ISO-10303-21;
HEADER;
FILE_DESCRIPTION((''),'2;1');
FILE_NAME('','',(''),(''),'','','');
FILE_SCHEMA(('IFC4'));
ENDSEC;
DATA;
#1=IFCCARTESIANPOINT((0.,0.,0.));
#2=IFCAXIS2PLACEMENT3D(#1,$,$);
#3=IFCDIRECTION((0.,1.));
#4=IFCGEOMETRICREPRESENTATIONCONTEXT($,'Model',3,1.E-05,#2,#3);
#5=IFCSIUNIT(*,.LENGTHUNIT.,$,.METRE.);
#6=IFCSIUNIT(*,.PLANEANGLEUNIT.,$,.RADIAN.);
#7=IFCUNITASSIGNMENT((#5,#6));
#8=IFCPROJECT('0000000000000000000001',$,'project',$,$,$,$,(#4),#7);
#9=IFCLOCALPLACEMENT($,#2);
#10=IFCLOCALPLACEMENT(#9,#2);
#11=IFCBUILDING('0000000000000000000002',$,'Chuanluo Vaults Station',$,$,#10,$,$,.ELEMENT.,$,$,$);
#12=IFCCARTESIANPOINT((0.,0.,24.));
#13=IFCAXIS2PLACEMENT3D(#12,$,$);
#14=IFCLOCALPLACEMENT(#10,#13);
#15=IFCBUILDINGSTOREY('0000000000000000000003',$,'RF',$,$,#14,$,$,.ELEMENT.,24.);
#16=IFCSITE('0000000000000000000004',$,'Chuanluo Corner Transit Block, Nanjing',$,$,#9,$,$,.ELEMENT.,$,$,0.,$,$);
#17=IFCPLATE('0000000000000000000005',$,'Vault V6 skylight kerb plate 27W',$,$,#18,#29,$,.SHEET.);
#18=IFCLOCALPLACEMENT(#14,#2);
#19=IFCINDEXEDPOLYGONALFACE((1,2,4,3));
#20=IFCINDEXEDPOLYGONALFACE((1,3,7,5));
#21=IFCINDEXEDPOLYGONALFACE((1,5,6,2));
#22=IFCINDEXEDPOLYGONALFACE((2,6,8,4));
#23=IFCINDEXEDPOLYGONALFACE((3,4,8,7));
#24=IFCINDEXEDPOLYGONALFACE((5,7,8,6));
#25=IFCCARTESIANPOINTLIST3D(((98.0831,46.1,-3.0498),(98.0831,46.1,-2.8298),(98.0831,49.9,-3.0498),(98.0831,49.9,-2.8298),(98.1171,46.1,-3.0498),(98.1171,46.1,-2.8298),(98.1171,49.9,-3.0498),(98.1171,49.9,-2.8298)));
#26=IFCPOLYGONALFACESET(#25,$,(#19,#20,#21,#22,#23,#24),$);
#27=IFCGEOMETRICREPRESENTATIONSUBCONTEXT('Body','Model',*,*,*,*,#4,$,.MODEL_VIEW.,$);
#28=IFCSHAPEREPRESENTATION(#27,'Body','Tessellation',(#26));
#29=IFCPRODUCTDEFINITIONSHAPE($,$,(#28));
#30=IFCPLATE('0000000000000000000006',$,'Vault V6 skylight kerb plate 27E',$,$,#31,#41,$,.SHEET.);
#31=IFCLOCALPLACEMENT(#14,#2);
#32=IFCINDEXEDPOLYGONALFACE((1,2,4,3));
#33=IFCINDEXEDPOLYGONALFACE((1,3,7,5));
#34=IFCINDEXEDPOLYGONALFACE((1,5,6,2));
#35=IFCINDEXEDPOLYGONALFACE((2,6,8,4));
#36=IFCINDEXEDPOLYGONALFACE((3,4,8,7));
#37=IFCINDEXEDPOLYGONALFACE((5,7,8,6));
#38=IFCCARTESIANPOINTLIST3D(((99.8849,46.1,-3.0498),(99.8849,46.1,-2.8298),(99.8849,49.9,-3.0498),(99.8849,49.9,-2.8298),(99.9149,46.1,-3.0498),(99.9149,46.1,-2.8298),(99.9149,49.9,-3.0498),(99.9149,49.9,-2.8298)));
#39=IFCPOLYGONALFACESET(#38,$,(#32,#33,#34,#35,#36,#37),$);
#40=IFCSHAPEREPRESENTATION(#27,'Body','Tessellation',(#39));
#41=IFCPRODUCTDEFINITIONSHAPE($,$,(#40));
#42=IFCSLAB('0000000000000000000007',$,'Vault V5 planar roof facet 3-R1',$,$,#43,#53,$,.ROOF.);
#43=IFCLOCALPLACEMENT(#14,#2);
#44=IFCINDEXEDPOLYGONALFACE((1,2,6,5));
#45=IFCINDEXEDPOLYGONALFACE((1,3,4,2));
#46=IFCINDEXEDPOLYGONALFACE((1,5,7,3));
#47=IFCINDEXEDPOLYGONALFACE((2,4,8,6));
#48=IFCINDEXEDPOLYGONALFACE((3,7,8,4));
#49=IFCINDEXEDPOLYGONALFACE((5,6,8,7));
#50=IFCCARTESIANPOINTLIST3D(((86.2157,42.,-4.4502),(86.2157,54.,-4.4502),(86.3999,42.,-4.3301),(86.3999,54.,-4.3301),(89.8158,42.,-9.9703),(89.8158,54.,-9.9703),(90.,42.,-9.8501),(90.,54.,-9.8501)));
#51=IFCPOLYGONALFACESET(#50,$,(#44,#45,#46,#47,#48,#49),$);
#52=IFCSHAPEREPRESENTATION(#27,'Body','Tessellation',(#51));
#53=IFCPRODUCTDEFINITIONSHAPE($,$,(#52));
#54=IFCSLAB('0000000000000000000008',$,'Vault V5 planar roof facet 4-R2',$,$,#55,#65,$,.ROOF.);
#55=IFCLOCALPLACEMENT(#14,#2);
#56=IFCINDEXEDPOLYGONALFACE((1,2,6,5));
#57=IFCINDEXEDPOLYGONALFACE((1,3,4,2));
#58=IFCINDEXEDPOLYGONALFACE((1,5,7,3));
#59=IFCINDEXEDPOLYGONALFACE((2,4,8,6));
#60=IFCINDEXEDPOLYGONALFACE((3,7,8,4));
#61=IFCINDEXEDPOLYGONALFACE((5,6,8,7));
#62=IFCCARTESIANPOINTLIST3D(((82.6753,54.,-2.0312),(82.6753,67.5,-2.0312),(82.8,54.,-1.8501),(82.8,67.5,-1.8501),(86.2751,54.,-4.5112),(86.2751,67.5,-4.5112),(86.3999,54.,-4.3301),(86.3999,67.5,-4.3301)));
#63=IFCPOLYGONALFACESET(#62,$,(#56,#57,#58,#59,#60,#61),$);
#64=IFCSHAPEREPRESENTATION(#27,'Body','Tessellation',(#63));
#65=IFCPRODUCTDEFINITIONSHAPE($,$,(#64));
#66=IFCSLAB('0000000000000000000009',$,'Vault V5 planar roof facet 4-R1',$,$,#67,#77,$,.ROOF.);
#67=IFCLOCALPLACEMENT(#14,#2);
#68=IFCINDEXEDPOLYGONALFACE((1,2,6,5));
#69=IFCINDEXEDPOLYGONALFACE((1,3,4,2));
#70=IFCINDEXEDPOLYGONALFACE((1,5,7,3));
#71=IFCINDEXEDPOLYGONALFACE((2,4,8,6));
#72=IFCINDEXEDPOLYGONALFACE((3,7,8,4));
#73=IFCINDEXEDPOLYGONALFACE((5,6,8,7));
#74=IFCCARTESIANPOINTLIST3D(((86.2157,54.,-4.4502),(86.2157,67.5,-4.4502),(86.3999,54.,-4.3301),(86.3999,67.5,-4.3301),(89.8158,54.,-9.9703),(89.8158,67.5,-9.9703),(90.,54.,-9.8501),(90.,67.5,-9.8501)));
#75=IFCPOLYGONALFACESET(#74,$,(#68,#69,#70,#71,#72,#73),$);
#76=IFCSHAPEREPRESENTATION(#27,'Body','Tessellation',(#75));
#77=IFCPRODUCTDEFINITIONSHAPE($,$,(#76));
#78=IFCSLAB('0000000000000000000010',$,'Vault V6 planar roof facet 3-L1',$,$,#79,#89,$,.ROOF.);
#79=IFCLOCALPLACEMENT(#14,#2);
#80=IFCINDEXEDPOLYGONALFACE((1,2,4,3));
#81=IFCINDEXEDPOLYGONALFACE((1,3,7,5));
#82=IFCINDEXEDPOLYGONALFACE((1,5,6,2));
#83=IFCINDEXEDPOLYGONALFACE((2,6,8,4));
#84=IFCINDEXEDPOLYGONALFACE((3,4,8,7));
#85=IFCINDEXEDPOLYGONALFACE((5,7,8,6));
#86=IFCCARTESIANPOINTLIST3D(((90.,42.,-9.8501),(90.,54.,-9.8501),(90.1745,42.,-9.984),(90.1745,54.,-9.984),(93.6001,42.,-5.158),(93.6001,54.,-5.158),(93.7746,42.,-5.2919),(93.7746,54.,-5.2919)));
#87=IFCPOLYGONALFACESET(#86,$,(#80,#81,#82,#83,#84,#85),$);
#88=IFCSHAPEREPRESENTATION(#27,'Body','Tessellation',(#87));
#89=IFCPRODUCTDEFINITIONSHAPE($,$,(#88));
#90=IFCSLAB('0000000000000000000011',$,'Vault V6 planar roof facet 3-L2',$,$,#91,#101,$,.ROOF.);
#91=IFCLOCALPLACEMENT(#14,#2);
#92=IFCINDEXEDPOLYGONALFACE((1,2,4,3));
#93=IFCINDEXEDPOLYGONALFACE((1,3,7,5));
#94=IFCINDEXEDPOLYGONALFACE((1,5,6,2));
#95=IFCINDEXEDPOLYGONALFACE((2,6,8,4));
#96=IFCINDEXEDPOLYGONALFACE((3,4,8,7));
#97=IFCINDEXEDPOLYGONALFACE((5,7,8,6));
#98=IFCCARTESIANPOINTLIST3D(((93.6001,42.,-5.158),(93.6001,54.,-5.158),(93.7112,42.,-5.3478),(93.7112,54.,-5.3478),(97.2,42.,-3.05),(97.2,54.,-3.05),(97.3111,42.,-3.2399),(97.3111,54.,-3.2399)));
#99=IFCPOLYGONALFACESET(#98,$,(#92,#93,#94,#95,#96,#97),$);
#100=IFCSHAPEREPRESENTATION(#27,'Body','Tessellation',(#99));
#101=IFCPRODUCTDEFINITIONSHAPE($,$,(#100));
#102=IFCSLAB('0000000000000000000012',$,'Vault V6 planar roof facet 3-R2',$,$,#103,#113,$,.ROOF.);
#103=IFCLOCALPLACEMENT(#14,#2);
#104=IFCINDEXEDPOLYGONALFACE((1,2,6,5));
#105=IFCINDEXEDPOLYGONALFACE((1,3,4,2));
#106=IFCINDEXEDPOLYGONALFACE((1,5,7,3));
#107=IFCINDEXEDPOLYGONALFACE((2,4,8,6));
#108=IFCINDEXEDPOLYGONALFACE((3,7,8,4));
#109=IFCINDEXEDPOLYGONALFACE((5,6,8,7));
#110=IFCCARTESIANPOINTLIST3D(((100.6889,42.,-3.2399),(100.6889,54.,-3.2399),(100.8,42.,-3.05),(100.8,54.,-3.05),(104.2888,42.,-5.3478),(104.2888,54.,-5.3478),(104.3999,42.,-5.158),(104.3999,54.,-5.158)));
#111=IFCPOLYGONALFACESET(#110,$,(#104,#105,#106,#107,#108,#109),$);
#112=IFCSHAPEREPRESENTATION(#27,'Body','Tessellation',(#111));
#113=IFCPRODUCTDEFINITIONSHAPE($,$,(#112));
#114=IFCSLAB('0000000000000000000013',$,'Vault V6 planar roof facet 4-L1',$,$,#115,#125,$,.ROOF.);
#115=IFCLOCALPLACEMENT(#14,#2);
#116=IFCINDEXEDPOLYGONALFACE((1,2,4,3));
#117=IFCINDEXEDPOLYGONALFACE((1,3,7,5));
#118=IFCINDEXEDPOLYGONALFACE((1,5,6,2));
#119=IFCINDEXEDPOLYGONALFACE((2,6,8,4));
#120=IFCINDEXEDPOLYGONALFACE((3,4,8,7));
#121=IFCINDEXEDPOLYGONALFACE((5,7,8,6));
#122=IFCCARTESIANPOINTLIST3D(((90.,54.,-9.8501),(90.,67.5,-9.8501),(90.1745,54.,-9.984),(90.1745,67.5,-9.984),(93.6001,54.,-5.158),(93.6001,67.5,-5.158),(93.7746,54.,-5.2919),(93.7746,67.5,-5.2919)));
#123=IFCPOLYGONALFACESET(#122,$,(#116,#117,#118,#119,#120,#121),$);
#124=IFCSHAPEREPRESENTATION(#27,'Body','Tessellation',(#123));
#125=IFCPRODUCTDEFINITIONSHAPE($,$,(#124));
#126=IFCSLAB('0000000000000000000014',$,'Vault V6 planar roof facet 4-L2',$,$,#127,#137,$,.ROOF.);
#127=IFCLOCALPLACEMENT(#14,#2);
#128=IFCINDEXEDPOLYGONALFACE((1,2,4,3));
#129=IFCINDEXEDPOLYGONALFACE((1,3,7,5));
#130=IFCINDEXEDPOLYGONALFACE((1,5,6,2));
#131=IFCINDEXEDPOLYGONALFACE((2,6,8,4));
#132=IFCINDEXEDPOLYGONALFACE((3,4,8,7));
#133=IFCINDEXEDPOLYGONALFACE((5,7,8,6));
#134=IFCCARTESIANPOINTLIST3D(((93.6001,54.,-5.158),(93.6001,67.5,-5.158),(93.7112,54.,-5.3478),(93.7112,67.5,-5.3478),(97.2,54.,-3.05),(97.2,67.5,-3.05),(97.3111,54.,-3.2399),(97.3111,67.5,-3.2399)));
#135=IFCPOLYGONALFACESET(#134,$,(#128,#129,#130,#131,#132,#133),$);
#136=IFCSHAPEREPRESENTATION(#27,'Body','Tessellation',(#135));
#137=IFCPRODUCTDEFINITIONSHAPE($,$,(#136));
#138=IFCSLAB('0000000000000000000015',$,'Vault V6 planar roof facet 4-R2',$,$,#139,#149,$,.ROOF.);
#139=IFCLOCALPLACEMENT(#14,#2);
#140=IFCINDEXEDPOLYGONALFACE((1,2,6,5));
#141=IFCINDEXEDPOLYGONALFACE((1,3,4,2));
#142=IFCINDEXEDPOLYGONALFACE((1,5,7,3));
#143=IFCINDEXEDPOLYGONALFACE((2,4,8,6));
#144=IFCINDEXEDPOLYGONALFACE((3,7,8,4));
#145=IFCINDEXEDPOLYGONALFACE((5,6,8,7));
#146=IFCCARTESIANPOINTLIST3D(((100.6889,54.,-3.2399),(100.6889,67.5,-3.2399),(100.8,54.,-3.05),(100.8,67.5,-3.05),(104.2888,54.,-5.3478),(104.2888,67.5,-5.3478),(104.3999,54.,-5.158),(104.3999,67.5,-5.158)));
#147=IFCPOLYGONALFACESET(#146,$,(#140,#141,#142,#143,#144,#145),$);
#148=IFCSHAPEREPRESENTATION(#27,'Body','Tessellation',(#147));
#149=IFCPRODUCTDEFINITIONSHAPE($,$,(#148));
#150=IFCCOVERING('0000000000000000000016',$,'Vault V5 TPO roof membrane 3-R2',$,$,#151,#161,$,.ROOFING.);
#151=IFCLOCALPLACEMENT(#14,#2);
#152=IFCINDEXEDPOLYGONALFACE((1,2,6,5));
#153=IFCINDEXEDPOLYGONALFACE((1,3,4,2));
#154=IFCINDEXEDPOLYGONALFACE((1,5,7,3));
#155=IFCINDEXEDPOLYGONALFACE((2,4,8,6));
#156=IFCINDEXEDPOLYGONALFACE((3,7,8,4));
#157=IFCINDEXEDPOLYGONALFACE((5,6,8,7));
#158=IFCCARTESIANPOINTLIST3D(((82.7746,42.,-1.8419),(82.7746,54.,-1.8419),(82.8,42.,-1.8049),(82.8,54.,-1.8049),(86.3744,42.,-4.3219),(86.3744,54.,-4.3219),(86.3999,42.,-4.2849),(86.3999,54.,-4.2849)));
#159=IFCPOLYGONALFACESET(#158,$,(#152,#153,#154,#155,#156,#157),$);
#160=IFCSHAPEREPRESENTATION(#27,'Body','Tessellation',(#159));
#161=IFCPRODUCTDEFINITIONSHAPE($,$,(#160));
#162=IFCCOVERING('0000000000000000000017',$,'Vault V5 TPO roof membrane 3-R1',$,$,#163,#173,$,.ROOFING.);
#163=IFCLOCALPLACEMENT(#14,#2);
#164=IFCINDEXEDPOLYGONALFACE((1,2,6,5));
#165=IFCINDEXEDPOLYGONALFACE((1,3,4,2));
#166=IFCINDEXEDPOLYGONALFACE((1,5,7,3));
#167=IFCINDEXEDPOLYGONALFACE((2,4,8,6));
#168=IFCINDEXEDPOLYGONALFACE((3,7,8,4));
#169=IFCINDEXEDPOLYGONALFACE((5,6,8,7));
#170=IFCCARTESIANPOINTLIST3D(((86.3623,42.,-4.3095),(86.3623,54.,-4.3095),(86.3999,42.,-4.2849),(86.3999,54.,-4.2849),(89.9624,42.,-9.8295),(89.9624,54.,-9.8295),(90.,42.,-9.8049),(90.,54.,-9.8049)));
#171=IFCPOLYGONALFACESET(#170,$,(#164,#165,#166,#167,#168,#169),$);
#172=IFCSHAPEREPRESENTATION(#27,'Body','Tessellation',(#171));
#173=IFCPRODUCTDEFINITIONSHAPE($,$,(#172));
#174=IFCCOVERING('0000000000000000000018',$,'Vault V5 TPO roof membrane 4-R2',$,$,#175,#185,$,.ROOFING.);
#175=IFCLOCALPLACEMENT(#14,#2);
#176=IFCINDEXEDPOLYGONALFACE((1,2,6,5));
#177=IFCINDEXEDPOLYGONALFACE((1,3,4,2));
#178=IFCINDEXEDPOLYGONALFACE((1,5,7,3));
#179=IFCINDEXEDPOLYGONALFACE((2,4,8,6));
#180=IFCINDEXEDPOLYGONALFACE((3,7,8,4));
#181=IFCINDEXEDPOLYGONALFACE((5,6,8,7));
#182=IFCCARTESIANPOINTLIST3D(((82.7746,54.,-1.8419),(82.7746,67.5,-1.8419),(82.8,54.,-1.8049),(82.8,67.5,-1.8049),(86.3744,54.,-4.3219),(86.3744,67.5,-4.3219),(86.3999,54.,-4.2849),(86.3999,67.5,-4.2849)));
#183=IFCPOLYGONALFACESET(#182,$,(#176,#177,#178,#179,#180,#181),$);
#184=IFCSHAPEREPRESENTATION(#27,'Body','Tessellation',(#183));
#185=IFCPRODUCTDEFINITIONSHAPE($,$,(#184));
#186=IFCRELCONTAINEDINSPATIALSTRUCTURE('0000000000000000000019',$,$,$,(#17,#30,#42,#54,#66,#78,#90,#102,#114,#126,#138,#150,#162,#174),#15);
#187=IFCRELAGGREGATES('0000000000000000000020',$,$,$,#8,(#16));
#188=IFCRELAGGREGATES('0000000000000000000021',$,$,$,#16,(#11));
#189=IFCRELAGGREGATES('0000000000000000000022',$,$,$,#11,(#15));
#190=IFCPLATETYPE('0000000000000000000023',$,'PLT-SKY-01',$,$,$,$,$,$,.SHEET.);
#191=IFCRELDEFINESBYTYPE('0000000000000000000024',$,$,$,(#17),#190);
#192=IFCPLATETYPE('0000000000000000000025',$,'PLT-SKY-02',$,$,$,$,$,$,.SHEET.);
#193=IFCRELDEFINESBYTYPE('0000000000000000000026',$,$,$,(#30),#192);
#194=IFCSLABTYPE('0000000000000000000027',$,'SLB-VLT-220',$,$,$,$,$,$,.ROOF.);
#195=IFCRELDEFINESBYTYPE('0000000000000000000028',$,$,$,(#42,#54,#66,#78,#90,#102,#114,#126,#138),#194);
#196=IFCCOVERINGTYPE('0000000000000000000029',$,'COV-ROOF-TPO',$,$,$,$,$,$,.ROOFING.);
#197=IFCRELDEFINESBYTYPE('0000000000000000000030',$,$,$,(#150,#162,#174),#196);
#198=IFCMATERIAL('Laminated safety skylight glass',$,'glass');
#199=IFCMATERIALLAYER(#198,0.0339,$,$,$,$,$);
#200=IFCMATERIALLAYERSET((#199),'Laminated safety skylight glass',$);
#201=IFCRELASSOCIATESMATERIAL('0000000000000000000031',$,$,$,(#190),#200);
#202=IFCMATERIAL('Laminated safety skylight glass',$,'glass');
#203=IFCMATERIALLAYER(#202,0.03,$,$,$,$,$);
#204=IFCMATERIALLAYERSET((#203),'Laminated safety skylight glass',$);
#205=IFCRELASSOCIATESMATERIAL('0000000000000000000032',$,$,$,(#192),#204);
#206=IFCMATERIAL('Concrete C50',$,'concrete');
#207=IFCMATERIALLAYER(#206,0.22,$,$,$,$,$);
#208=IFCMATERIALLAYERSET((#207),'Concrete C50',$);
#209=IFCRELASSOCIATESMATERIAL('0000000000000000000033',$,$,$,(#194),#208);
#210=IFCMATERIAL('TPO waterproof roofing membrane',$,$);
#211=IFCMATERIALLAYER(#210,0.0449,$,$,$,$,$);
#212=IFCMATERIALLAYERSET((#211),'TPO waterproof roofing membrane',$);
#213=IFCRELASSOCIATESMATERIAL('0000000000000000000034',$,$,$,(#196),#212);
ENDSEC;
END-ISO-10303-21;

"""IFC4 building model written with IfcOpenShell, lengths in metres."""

from ifc_helpers import new_model, si_unit, direction, frame, origin, origin_2d, place, context, subcontext, project, spatial, polyline, rectangle, outline, extrude, material, layer, layer_set, type_object, element, save


model = new_model("IFC4")

# Units and contexts
model_context = context("Model", 3, precision=1e-05, world=origin(), true_north=direction((0.0, 1.0)))
body_context = subcontext(model_context, "Body", "Model", "MODEL_VIEW")
ifc_project = project(units=[si_unit("LENGTHUNIT", "METRE"), si_unit("PLANEANGLEUNIT", "RADIAN")], contexts=[model_context])

# Site, building, storey
site_placement = place(None, origin())
site = spatial("IfcSite", under=ifc_project, at=site_placement, Name="Chuanluo Corner Transit Block, Nanjing", CompositionType="ELEMENT", RefElevation=0.0)
building_placement = place(site_placement, origin())
building = spatial("IfcBuilding", under=site, at=building_placement, Name="Chuanluo Vaults Station", CompositionType="ELEMENT")
storey_placement = place(building_placement, frame((0.0, 0.0, 24.0)))
storey = spatial("IfcBuildingStorey", under=building, at=storey_placement, Name="RF", CompositionType="ELEMENT", Elevation=24.0)

# Plates
ifc_material_1 = material(Name="Laminated safety skylight glass", Category="glass")
ifc_layer_1 = layer(ifc_material_1, 0.0339)
ifc_layer_set_1 = layer_set([ifc_layer_1], Name="Laminated safety skylight glass")
plate_type_1 = type_object("IfcPlateType", Name="PLT-SKY-01", PredefinedType="SHEET", material=ifc_layer_set_1)
plate_1_placement = place(storey_placement, frame((98.1001, 48.0, -3.0498), z_axis=(0.0, 0.0, 1.0), x_axis=(1.0, 0.0, 0.0)))
element("IfcPlate", 1, at=plate_1_placement, inside=storey, type_object=plate_type_1, Name="Vault V6 skylight kerb plate 27W", PredefinedType="SHEET", context=body_context, shape_type="SweptSolid", body=[
    extrude(rectangle(XDim=0.0339, YDim=3.8, at=origin_2d()), origin(), (0.0, 0.0, 1.0), 0.22),
])
ifc_material_2 = material(Name="Laminated safety skylight glass", Category="glass")
ifc_layer_2 = layer(ifc_material_2, 0.03)
ifc_layer_set_2 = layer_set([ifc_layer_2], Name="Laminated safety skylight glass")
plate_type_2 = type_object("IfcPlateType", Name="PLT-SKY-02", PredefinedType="SHEET", material=ifc_layer_set_2)
plate_2_placement = place(storey_placement, frame((99.8999, 48.0, -3.0498), z_axis=(0.0, 0.0, 1.0), x_axis=(1.0, 0.0, 0.0)))
element("IfcPlate", 2, at=plate_2_placement, inside=storey, type_object=plate_type_2, Name="Vault V6 skylight kerb plate 27E", PredefinedType="SHEET", context=body_context, shape_type="SweptSolid", body=[
    extrude(rectangle(XDim=0.03, YDim=3.8, at=origin_2d()), origin(), (0.0, 0.0, 1.0), 0.22),
])

# Slabs
ifc_material_3 = material(Name="Concrete C50", Category="concrete")
ifc_layer_3 = layer(ifc_material_3, 0.22)
ifc_layer_set_3 = layer_set([ifc_layer_3], Name="Concrete C50")
slab_type = type_object("IfcSlabType", Name="SLB-VLT-220", PredefinedType="ROOF", material=ifc_layer_set_3)
slab_1_placement = place(storey_placement, frame((86.3999, 42.0, -4.3301), z_axis=(0.837605, 0.0, 0.546277), x_axis=(0.546277, 0.0, -0.837605)))
element("IfcSlab", 3, at=slab_1_placement, inside=storey, type_object=slab_type, Name="Vault V5 planar roof facet 3-R1", PredefinedType="ROOF", context=body_context, shape_type="SweptSolid", body=[
    extrude(outline(polyline([(0.0, 0.0), (6.5902, 0.0), (6.5902, 12.0), (0.0, 12.0), (0.0, 0.0)])), origin(), (0.0, 0.0, -1.0), 0.22),
])
slab_2_placement = place(storey_placement, frame((82.8, 54.0, -1.8501), z_axis=(0.567318, 0.0, 0.823499), x_axis=(0.823499, 0.0, -0.567318)))
element("IfcSlab", 4, at=slab_2_placement, inside=storey, type_object=slab_type, Name="Vault V5 planar roof facet 4-R2", PredefinedType="ROOF", context=body_context, shape_type="SweptSolid", body=[
    extrude(outline(polyline([(0.0, 0.0), (4.3714, 0.0), (4.3714, 13.5), (0.0, 13.5), (0.0, 0.0)])), origin(), (0.0, 0.0, -1.0), 0.22),
])
slab_3_placement = place(storey_placement, frame((86.3999, 54.0, -4.3301), z_axis=(0.837605, 0.0, 0.546277), x_axis=(0.546277, 0.0, -0.837605)))
element("IfcSlab", 5, at=slab_3_placement, inside=storey, type_object=slab_type, Name="Vault V5 planar roof facet 4-R1", PredefinedType="ROOF", context=body_context, shape_type="SweptSolid", body=[
    extrude(outline(polyline([(0.0, 0.0), (6.5902, 0.0), (6.5902, 13.5), (0.0, 13.5), (0.0, 0.0)])), origin(), (0.0, 0.0, -1.0), 0.22),
])
slab_4_placement = place(storey_placement, frame((90.0, 42.0, -9.8501), z_axis=(-0.793378, 0.0, 0.608729), x_axis=(0.608729, 0.0, 0.793378)))
element("IfcSlab", 6, at=slab_4_placement, inside=storey, type_object=slab_type, Name="Vault V6 planar roof facet 3-L1", PredefinedType="ROOF", context=body_context, shape_type="SweptSolid", body=[
    extrude(outline(polyline([(0.0, 0.0), (5.9141, 0.0), (5.9141, 12.0), (0.0, 12.0), (0.0, 0.0)])), origin(), (0.0, 0.0, -1.0), 0.22),
])
for number, where, z_axis, x_axis, name in (
    (7, (93.6001, 42.0, -5.158), (-0.5053, 0.0, 0.862944), (0.862944, 0.0, 0.5053), "Vault V6 planar roof facet 3-L2"),
    (8, (100.8, 42.0, -3.05), (0.5053, 0.0, 0.862944), (0.862944, 0.0, -0.5053), "Vault V6 planar roof facet 3-R2"),
):
    element("IfcSlab", number, at=place(storey_placement, frame(where, z_axis=z_axis, x_axis=x_axis)), inside=storey, type_object=slab_type, Name=name, PredefinedType="ROOF", context=body_context, shape_type="SweptSolid", body=[
        extrude(outline(polyline([(0.0, 0.0), (4.1716, 0.0), (4.1716, 12.0), (0.0, 12.0), (0.0, 0.0)])), origin(), (0.0, 0.0, -1.0), 0.22),
    ])
slab_5_placement = place(storey_placement, frame((90.0, 54.0, -9.8501), z_axis=(-0.793378, 0.0, 0.608729), x_axis=(0.608729, 0.0, 0.793378)))
element("IfcSlab", 9, at=slab_5_placement, inside=storey, type_object=slab_type, Name="Vault V6 planar roof facet 4-L1", PredefinedType="ROOF", context=body_context, shape_type="SweptSolid", body=[
    extrude(outline(polyline([(0.0, 0.0), (5.9141, 0.0), (5.9141, 13.5), (0.0, 13.5), (0.0, 0.0)])), origin(), (0.0, 0.0, -1.0), 0.22),
])
for number, where, z_axis, x_axis, name in (
    (10, (93.6001, 54.0, -5.158), (-0.5053, 0.0, 0.862944), (0.862944, 0.0, 0.5053), "Vault V6 planar roof facet 4-L2"),
    (11, (100.8, 54.0, -3.05), (0.5053, 0.0, 0.862944), (0.862944, 0.0, -0.5053), "Vault V6 planar roof facet 4-R2"),
):
    element("IfcSlab", number, at=place(storey_placement, frame(where, z_axis=z_axis, x_axis=x_axis)), inside=storey, type_object=slab_type, Name=name, PredefinedType="ROOF", context=body_context, shape_type="SweptSolid", body=[
        extrude(outline(polyline([(0.0, 0.0), (4.1716, 0.0), (4.1716, 13.5), (0.0, 13.5), (0.0, 0.0)])), origin(), (0.0, 0.0, -1.0), 0.22),
    ])

# Coverings
ifc_material_4 = material(Name="TPO waterproof roofing membrane")
ifc_layer_4 = layer(ifc_material_4, 0.0449)
ifc_layer_set_4 = layer_set([ifc_layer_4], Name="TPO waterproof roofing membrane")
covering_type = type_object("IfcCoveringType", Name="COV-ROOF-TPO", PredefinedType="ROOFING", material=ifc_layer_set_4)
covering_1_placement = place(storey_placement, frame((82.8, 42.0, -1.8049), z_axis=(0.567318, 0.0, 0.823499), x_axis=(0.823499, 0.0, -0.567318)))
element("IfcCovering", 12, at=covering_1_placement, inside=storey, type_object=covering_type, Name="Vault V5 TPO roof membrane 3-R2", PredefinedType="ROOFING", context=body_context, shape_type="SweptSolid", body=[
    extrude(outline(polyline([(0.0, 0.0), (4.3714, 0.0), (4.3714, 12.0), (0.0, 12.0), (0.0, 0.0)])), origin(), (0.0, 0.0, -1.0), 0.0449),
])
covering_2_placement = place(storey_placement, frame((86.3999, 42.0, -4.2849), z_axis=(0.837605, 0.0, 0.546277), x_axis=(0.546277, 0.0, -0.837605)))
element("IfcCovering", 13, at=covering_2_placement, inside=storey, type_object=covering_type, Name="Vault V5 TPO roof membrane 3-R1", PredefinedType="ROOFING", context=body_context, shape_type="SweptSolid", body=[
    extrude(outline(polyline([(0.0, 0.0), (6.5902, 0.0), (6.5902, 12.0), (0.0, 12.0), (0.0, 0.0)])), origin(), (0.0, 0.0, -1.0), 0.0449),
])
covering_3_placement = place(storey_placement, frame((82.8, 54.0, -1.8049), z_axis=(0.567318, 0.0, 0.823499), x_axis=(0.823499, 0.0, -0.567318)))
element("IfcCovering", 14, at=covering_3_placement, inside=storey, type_object=covering_type, Name="Vault V5 TPO roof membrane 4-R2", PredefinedType="ROOFING", context=body_context, shape_type="SweptSolid", body=[
    extrude(outline(polyline([(0.0, 0.0), (4.3714, 0.0), (4.3714, 13.5), (0.0, 13.5), (0.0, 0.0)])), origin(), (0.0, 0.0, -1.0), 0.0449),
])

save(model, "model.ifc")
